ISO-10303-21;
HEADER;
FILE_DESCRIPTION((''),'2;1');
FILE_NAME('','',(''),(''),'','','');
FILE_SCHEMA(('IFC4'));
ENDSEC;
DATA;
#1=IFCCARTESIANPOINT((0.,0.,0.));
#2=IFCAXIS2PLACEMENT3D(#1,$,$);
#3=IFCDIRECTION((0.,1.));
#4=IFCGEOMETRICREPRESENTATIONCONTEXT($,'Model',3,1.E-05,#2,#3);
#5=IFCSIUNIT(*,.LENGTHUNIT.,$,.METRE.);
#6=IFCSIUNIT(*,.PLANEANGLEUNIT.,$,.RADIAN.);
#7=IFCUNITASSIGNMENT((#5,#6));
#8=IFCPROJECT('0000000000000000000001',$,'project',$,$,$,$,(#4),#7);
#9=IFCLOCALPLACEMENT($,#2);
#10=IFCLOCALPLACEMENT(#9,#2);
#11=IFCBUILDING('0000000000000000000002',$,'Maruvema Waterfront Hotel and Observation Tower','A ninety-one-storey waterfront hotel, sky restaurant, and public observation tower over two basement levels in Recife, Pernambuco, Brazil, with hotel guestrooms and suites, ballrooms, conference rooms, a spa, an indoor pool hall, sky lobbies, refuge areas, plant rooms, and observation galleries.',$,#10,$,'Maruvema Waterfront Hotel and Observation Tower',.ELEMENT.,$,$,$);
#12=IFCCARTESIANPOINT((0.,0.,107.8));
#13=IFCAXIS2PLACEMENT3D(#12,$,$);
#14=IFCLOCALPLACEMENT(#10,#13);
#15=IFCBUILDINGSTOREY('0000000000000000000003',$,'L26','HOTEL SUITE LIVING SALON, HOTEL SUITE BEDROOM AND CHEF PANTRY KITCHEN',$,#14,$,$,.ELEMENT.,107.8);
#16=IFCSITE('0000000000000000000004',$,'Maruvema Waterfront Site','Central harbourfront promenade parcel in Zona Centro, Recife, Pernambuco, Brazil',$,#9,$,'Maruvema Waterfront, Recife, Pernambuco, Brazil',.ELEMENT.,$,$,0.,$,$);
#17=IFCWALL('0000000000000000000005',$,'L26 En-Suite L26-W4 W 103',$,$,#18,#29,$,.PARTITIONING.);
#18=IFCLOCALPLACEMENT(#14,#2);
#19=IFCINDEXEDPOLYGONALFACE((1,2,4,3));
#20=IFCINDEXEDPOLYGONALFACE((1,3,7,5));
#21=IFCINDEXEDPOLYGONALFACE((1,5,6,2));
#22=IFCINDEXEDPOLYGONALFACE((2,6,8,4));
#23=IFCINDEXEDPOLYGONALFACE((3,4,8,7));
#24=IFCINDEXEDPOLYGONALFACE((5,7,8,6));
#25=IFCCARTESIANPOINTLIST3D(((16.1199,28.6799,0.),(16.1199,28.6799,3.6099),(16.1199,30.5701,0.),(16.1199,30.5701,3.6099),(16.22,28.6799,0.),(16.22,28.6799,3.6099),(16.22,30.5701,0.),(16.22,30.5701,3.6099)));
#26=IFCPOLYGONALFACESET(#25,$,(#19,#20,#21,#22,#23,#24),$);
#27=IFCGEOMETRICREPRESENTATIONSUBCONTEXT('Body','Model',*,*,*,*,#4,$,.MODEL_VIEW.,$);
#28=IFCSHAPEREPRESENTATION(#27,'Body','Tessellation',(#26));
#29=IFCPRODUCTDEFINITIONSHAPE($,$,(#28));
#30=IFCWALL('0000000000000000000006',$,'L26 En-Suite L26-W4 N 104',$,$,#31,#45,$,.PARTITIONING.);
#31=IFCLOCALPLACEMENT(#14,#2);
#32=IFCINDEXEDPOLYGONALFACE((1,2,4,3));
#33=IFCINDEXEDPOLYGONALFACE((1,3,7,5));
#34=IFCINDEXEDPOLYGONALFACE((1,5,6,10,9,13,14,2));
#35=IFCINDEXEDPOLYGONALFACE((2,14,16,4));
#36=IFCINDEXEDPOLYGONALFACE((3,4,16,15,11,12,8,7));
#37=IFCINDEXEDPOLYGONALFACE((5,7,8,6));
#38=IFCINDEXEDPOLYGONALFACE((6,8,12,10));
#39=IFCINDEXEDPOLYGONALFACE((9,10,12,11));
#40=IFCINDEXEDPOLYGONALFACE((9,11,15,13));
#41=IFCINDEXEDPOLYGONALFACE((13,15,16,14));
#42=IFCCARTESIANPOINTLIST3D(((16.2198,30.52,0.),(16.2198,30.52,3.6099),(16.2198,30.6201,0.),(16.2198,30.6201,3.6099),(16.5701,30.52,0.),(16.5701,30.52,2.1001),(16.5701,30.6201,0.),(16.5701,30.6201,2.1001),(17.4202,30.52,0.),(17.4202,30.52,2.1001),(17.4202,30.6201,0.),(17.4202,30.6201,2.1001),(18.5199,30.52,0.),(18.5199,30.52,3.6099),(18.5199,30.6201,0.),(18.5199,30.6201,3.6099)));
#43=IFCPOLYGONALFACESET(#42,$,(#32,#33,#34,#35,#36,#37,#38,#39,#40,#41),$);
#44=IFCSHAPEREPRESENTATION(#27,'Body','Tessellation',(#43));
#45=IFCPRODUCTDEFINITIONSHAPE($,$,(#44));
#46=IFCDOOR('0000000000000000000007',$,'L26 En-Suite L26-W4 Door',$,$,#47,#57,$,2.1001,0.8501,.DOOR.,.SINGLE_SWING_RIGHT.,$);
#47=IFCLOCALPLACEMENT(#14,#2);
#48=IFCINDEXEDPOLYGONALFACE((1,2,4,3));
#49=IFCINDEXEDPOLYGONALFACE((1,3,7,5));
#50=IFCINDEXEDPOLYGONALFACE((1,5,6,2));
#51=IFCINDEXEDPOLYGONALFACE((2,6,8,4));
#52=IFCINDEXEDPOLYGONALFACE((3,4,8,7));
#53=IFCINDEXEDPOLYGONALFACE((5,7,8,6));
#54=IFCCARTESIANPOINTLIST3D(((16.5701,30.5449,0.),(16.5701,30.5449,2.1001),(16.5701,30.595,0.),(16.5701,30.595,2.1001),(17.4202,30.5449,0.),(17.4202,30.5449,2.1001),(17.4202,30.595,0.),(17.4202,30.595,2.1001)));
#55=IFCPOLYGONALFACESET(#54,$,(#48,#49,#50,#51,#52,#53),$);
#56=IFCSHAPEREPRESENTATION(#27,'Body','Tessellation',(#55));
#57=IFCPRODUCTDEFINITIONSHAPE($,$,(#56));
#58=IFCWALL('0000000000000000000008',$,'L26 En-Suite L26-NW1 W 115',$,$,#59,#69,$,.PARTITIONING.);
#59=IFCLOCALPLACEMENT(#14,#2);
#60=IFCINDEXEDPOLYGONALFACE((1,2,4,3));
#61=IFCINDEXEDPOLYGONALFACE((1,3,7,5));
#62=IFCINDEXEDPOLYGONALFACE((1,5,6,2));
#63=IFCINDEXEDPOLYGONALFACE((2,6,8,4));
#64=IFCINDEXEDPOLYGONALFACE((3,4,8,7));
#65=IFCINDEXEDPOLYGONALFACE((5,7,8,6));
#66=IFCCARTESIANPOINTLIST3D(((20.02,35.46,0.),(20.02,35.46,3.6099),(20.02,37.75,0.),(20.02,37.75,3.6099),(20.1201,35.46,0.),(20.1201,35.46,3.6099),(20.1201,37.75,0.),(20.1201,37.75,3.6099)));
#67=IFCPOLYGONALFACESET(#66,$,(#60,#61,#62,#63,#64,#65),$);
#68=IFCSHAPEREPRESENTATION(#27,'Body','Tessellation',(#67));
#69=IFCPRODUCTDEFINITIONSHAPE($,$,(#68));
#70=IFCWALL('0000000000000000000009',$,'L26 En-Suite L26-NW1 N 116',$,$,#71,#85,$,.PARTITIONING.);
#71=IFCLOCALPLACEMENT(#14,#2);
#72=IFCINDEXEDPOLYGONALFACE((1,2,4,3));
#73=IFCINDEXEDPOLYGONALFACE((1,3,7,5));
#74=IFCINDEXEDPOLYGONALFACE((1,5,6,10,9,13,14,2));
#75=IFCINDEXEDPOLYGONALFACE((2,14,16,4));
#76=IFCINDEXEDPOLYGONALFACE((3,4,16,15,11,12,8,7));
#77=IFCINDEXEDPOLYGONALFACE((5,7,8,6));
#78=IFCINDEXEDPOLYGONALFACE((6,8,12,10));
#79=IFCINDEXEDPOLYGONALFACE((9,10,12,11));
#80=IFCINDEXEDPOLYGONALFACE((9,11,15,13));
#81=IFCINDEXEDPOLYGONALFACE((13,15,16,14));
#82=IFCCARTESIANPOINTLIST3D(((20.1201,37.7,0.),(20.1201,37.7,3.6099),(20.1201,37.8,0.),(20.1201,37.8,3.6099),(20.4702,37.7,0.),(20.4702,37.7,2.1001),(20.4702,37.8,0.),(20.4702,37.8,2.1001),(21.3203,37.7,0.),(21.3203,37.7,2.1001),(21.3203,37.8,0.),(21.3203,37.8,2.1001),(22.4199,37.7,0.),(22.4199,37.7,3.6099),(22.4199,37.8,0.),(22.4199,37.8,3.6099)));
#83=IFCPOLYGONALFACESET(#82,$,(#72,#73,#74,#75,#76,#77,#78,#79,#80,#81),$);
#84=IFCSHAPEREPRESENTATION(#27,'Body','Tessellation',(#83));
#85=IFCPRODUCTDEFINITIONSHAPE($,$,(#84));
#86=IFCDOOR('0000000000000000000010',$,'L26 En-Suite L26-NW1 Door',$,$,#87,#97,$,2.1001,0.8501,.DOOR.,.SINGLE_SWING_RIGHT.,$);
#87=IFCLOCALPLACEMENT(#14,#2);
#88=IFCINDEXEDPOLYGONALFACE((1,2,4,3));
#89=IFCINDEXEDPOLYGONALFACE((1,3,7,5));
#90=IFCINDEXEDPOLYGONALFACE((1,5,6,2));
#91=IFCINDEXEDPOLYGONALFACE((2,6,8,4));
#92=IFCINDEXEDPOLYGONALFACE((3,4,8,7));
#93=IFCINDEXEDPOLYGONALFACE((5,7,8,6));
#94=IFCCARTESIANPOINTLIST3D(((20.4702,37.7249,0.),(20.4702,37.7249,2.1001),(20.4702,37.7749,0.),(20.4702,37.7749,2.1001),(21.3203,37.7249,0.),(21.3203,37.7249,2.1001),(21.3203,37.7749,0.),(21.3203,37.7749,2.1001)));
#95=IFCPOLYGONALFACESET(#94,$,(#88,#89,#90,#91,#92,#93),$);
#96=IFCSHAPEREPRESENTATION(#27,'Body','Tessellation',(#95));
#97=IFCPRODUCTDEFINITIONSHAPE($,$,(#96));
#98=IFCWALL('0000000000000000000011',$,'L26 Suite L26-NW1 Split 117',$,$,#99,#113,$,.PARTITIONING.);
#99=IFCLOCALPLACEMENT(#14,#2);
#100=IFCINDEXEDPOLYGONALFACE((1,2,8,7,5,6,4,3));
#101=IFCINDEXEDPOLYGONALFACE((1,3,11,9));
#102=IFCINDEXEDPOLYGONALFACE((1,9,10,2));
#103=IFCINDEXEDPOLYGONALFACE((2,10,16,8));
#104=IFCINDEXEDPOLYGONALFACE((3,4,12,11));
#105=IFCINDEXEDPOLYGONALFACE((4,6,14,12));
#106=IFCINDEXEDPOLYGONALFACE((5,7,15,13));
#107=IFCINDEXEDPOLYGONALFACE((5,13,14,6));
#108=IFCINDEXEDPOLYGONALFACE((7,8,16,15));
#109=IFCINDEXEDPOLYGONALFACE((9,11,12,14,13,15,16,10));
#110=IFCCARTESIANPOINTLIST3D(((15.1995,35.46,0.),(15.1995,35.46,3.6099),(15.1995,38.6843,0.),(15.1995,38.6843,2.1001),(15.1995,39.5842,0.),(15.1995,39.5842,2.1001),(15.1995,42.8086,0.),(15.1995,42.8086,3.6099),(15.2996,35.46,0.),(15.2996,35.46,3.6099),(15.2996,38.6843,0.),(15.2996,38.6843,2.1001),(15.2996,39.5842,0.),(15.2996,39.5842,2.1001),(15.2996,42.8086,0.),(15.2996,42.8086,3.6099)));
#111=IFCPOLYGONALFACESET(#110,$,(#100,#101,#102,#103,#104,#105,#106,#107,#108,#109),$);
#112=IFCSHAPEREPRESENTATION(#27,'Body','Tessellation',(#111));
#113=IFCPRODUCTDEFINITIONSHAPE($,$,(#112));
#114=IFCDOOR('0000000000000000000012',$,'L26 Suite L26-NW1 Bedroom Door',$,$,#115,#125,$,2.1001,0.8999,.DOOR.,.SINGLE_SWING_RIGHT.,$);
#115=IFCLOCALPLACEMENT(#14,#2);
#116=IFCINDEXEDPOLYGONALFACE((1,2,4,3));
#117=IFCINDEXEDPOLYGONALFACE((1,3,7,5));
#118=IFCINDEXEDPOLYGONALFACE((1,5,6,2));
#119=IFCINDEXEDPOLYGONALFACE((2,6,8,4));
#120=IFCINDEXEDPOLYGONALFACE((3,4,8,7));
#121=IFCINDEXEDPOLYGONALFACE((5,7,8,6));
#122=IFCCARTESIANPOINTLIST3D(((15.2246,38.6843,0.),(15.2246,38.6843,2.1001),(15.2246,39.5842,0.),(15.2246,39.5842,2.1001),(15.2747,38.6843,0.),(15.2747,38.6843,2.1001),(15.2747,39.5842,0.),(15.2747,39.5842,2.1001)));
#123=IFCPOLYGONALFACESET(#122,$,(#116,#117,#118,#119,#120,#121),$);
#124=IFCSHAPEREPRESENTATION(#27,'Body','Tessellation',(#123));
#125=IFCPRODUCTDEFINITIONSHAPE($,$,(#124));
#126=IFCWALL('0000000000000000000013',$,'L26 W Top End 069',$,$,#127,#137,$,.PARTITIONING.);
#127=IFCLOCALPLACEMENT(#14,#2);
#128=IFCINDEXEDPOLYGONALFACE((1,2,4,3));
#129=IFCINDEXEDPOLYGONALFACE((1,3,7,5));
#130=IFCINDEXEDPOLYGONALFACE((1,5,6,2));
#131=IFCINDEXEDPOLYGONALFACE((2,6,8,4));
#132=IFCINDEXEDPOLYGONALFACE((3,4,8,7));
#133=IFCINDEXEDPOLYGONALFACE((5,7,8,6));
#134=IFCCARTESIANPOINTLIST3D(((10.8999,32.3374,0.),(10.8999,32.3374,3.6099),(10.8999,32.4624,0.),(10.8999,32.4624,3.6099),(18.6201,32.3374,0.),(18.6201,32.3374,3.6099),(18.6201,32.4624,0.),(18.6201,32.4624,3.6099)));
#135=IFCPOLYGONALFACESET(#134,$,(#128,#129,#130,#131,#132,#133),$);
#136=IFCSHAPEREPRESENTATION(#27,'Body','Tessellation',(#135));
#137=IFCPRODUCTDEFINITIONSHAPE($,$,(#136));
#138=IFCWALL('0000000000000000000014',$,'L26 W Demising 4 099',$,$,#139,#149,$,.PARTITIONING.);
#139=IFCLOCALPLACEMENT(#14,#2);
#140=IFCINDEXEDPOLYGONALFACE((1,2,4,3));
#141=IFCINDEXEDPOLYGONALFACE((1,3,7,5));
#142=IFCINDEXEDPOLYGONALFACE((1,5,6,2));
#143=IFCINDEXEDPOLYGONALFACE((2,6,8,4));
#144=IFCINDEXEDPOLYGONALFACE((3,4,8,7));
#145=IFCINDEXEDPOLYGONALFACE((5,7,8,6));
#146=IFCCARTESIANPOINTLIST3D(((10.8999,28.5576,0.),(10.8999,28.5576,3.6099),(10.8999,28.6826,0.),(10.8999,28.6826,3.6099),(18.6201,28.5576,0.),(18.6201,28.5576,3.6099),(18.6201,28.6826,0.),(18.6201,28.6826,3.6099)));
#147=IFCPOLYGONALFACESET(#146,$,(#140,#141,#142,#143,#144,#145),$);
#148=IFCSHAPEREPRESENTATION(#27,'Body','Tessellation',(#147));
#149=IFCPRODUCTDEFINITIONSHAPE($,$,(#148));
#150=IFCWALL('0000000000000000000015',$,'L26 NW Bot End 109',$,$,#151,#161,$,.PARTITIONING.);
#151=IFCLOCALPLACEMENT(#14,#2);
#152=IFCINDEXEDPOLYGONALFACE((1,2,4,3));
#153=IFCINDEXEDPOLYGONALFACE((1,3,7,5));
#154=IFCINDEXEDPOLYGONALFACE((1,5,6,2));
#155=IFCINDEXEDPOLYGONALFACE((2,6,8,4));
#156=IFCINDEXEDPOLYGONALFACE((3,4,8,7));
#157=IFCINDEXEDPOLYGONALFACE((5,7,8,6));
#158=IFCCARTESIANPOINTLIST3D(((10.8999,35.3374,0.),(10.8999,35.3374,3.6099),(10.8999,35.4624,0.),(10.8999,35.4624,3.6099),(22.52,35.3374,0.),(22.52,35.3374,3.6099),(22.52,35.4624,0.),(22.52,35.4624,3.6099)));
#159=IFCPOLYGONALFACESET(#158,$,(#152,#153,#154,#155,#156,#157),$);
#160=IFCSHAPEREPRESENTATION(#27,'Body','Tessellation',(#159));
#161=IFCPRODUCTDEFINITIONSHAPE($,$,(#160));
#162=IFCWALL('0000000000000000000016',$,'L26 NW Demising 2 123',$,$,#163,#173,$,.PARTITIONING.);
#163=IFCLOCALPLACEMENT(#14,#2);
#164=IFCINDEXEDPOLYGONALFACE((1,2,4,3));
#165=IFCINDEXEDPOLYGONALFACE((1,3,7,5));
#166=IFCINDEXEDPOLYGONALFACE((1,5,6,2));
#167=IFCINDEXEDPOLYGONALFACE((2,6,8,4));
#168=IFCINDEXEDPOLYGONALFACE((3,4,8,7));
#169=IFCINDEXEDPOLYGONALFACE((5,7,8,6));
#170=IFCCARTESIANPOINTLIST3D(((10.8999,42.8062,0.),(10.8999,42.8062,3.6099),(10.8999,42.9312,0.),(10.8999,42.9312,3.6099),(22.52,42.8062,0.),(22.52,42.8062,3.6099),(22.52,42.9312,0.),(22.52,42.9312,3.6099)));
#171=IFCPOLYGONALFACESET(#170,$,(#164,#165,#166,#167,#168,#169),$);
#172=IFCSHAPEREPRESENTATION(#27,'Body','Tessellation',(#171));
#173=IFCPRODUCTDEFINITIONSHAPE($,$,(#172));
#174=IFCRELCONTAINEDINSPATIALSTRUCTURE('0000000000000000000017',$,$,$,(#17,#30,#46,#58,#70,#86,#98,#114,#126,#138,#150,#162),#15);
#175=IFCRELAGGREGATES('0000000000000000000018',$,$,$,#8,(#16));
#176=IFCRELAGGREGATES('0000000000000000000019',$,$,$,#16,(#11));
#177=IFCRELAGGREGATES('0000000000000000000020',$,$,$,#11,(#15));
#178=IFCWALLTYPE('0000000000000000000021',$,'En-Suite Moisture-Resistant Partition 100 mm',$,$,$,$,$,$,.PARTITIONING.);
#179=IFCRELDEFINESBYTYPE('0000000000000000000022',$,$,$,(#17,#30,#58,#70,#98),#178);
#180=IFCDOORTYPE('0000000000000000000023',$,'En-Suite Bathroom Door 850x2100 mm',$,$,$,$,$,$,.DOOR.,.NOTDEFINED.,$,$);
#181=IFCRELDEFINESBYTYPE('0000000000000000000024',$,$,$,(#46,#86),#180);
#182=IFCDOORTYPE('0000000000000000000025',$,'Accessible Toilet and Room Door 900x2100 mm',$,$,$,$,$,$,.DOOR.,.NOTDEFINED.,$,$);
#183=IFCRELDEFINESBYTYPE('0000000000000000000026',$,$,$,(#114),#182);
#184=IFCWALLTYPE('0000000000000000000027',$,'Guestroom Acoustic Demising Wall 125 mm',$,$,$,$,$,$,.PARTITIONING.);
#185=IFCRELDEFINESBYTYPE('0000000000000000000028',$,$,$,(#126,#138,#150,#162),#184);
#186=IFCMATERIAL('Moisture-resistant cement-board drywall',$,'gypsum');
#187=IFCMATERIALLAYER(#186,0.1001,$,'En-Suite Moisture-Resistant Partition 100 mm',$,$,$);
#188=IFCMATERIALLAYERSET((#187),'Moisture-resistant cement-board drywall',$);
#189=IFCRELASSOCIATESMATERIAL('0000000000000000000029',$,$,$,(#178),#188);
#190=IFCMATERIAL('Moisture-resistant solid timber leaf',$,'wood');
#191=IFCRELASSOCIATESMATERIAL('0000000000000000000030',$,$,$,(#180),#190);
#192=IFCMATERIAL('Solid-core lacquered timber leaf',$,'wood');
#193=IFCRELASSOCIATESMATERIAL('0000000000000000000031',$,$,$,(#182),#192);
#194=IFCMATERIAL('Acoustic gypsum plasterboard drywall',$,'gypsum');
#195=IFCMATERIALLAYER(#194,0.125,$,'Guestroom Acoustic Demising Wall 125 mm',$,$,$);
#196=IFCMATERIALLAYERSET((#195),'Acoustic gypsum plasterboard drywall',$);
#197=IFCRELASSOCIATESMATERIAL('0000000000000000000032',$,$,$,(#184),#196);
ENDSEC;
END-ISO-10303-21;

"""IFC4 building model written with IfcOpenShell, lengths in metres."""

from ifc_helpers import new_model, si_unit, direction, frame, frame_2d, origin, place, context, subcontext, project, spatial, rectangle, extrude, material, layer, layer_set, type_object, element, fill, save


model = new_model("IFC4")

# Units and contexts
model_context = context("Model", 3, precision=1e-05, world=origin(), true_north=direction((0.0, 1.0)))
body_context = subcontext(model_context, "Body", "Model", "MODEL_VIEW")
ifc_project = project(units=[si_unit("LENGTHUNIT", "METRE"), si_unit("PLANEANGLEUNIT", "RADIAN")], contexts=[model_context])

# Site, building, storey
site_placement = place(None, origin())
site = spatial("IfcSite", under=ifc_project, at=site_placement, Name="Maruvema Waterfront Site", Description="Central harbourfront promenade parcel in Zona Centro, Recife, Pernambuco, Brazil", LongName="Maruvema Waterfront, Recife, Pernambuco, Brazil", CompositionType="ELEMENT", RefElevation=0.0)
building_placement = place(site_placement, origin())
building = spatial("IfcBuilding", under=site, at=building_placement, Name="Maruvema Waterfront Hotel and Observation Tower", Description="A ninety-one-storey waterfront hotel, sky restaurant, and public observation tower over two basement levels in Recife, Pernambuco, Brazil, with hotel guestrooms and suites, ballrooms, conference rooms, a spa, an indoor pool hall, sky lobbies, refuge areas, plant rooms, and observation galleries.", LongName="Maruvema Waterfront Hotel and Observation Tower", CompositionType="ELEMENT")
storey_placement = place(building_placement, frame((0.0, 0.0, 107.8)))
storey = spatial("IfcBuildingStorey", under=building, at=storey_placement, Name="L26", Description="HOTEL SUITE LIVING SALON, HOTEL SUITE BEDROOM AND CHEF PANTRY KITCHEN", CompositionType="ELEMENT", Elevation=107.8)

# Wall
ifc_material_1 = material(Name="Moisture-resistant cement-board drywall", Category="gypsum")
ifc_layer_1 = layer(ifc_material_1, 0.1001, Name="En-Suite Moisture-Resistant Partition 100 mm")
ifc_layer_set_1 = layer_set([ifc_layer_1], Name="Moisture-resistant cement-board drywall")
wall_type_1 = type_object("IfcWallType", Name="En-Suite Moisture-Resistant Partition 100 mm", PredefinedType="PARTITIONING", material=ifc_layer_set_1)
wall_1_placement = place(storey_placement, frame((16.1699, 28.6799, 0.0), z_axis=(0.0, 0.0, 1.0), x_axis=(0.0, 1.0, 0.0)))
element("IfcWall", 1, at=wall_1_placement, inside=storey, type_object=wall_type_1, Name="L26 En-Suite L26-W4 W 103", PredefinedType="PARTITIONING", context=body_context, shape_type="SweptSolid", body=[
    extrude(rectangle(XDim=1.8901, YDim=0.1001, at=frame_2d((0.9451, 0.0))), origin(), (0.0, 0.0, 1.0), 3.6099),
])

# Wall, opening, door
wall_2_placement = place(storey_placement, frame((16.22, 30.5701, 0.0), z_axis=(0.0, 0.0, 1.0), x_axis=(1.0, 0.0, 0.0)))
wall_2 = element("IfcWall", 2, at=wall_2_placement, inside=storey, type_object=wall_type_1, Name="L26 En-Suite L26-W4 N 104", PredefinedType="PARTITIONING", context=body_context, shape_type="SweptSolid", body=[
    extrude(rectangle(XDim=2.3, YDim=0.1001, at=frame_2d((1.1499, 0.0))), origin(), (0.0, 0.0, 1.0), 3.6099),
])
opening_1_placement = place(wall_2_placement, frame((0.3501, 0.0, 0.0)))
opening_1 = element("IfcOpeningElement", 3, at=opening_1_placement, cuts=wall_2, PredefinedType="OPENING", context=body_context, shape_type="SweptSolid", body=[
    extrude(rectangle(XDim=0.8501, YDim=2.1001, at=frame_2d((0.425, 1.05))), frame((0.0, 0.0601, 0.0), z_axis=(0.0, -1.0, 0.0), x_axis=(1.0, 0.0, 0.0)), (0.0, 0.0, 1.0), 0.1201),
])
ifc_material_2 = material(Name="Moisture-resistant solid timber leaf", Category="wood")
door_type_1 = type_object("IfcDoorType", Name="En-Suite Bathroom Door 850x2100 mm", OperationType="NOTDEFINED", PredefinedType="DOOR", material=ifc_material_2)
door_1_placement = place(opening_1_placement, origin())
door_1 = element("IfcDoor", 4, at=door_1_placement, inside=storey, type_object=door_type_1, Name="L26 En-Suite L26-W4 Door", OperationType="SINGLE_SWING_RIGHT", OverallHeight=2.1001, OverallWidth=0.8501, PredefinedType="DOOR", context=body_context, shape_type="SweptSolid", body=[
    extrude(rectangle(XDim=0.8501, YDim=2.1001, at=frame_2d((0.425, 1.05))), frame((0.0, 0.0249, 0.0), z_axis=(0.0, -1.0, 0.0), x_axis=(1.0, 0.0, 0.0)), (0.0, 0.0, 1.0), 0.05),
])
fill(opening_1, door_1)

# Wall
wall_3_placement = place(storey_placement, frame((20.0701, 35.46, 0.0), z_axis=(0.0, 0.0, 1.0), x_axis=(0.0, 1.0, 0.0)))
element("IfcWall", 5, at=wall_3_placement, inside=storey, type_object=wall_type_1, Name="L26 En-Suite L26-NW1 W 115", PredefinedType="PARTITIONING", context=body_context, shape_type="SweptSolid", body=[
    extrude(rectangle(XDim=2.29, YDim=0.1001, at=frame_2d((1.145, 0.0))), origin(), (0.0, 0.0, 1.0), 3.6099),
])

# Walls, openings, doors
wall_4_placement = place(storey_placement, frame((20.1201, 37.75, 0.0), z_axis=(0.0, 0.0, 1.0), x_axis=(1.0, 0.0, 0.0)))
wall_4 = element("IfcWall", 6, at=wall_4_placement, inside=storey, type_object=wall_type_1, Name="L26 En-Suite L26-NW1 N 116", PredefinedType="PARTITIONING", context=body_context, shape_type="SweptSolid", body=[
    extrude(rectangle(XDim=2.2998, YDim=0.1001, at=frame_2d((1.1499, 0.0))), origin(), (0.0, 0.0, 1.0), 3.6099),
])
opening_2_placement = place(wall_4_placement, frame((0.3501, 0.0, 0.0)))
opening_2 = element("IfcOpeningElement", 7, at=opening_2_placement, cuts=wall_4, PredefinedType="OPENING", context=body_context, shape_type="SweptSolid", body=[
    extrude(rectangle(XDim=0.8501, YDim=2.1001, at=frame_2d((0.425, 1.05))), frame((0.0, 0.0601, 0.0), z_axis=(0.0, -1.0, 0.0), x_axis=(1.0, 0.0, 0.0)), (0.0, 0.0, 1.0), 0.1201),
])
door_2_placement = place(opening_2_placement, origin())
door_2 = element("IfcDoor", 8, at=door_2_placement, inside=storey, type_object=door_type_1, Name="L26 En-Suite L26-NW1 Door", OperationType="SINGLE_SWING_RIGHT", OverallHeight=2.1001, OverallWidth=0.8501, PredefinedType="DOOR", context=body_context, shape_type="SweptSolid", body=[
    extrude(rectangle(XDim=0.8501, YDim=2.1001, at=frame_2d((0.425, 1.05))), frame((0.0, 0.0249, 0.0), z_axis=(0.0, -1.0, 0.0), x_axis=(1.0, 0.0, 0.0)), (0.0, 0.0, 1.0), 0.05),
])
fill(opening_2, door_2)
wall_5_placement = place(storey_placement, frame((15.2495, 35.46, 0.0), z_axis=(0.0, 0.0, 1.0), x_axis=(0.0, 1.0, 0.0)))
wall_5 = element("IfcWall", 9, at=wall_5_placement, inside=storey, type_object=wall_type_1, Name="L26 Suite L26-NW1 Split 117", PredefinedType="PARTITIONING", context=body_context, shape_type="SweptSolid", body=[
    extrude(rectangle(XDim=7.3486, YDim=0.1001, at=frame_2d((3.6743, 0.0))), origin(), (0.0, 0.0, 1.0), 3.6099),
])
opening_3_placement = place(wall_5_placement, frame((3.2244, 0.0, 0.0)))
opening_3 = element("IfcOpeningElement", 10, at=opening_3_placement, cuts=wall_5, PredefinedType="OPENING", context=body_context, shape_type="SweptSolid", body=[
    extrude(rectangle(XDim=0.8999, YDim=2.1001, at=frame_2d((0.45, 1.05))), frame((0.0, 0.0601, 0.0), z_axis=(0.0, -1.0, 0.0), x_axis=(1.0, 0.0, 0.0)), (0.0, 0.0, 1.0), 0.1201),
])
ifc_material_3 = material(Name="Solid-core lacquered timber leaf", Category="wood")
door_type_2 = type_object("IfcDoorType", Name="Accessible Toilet and Room Door 900x2100 mm", OperationType="NOTDEFINED", PredefinedType="DOOR", material=ifc_material_3)
door_3_placement = place(opening_3_placement, origin())
door_3 = element("IfcDoor", 11, at=door_3_placement, inside=storey, type_object=door_type_2, Name="L26 Suite L26-NW1 Bedroom Door", OperationType="SINGLE_SWING_RIGHT", OverallHeight=2.1001, OverallWidth=0.8999, PredefinedType="DOOR", context=body_context, shape_type="SweptSolid", body=[
    extrude(rectangle(XDim=0.8999, YDim=2.1001, at=frame_2d((0.45, 1.05))), frame((0.0, 0.0249, 0.0), z_axis=(0.0, -1.0, 0.0), x_axis=(1.0, 0.0, 0.0)), (0.0, 0.0, 1.0), 0.05),
])
fill(opening_3, door_3)

# Walls
ifc_material_4 = material(Name="Acoustic gypsum plasterboard drywall", Category="gypsum")
ifc_layer_2 = layer(ifc_material_4, 0.125, Name="Guestroom Acoustic Demising Wall 125 mm")
ifc_layer_set_2 = layer_set([ifc_layer_2], Name="Acoustic gypsum plasterboard drywall")
wall_type_2 = type_object("IfcWallType", Name="Guestroom Acoustic Demising Wall 125 mm", PredefinedType="PARTITIONING", material=ifc_layer_set_2)
for number, where, z_axis, x_axis, name in (
    (12, (10.8999, 32.3999, 0.0), (0.0, 0.0, 1.0), (1.0, 0.0, 0.0), "L26 W Top End 069"),
    (13, (10.8999, 28.6201, 0.0), (0.0, 0.0, 1.0), (1.0, 0.0, 0.0), "L26 W Demising 4 099"),
):
    element("IfcWall", number, at=place(storey_placement, frame(where, z_axis=z_axis, x_axis=x_axis)), inside=storey, type_object=wall_type_2, Name=name, PredefinedType="PARTITIONING", context=body_context, shape_type="SweptSolid", body=[
        extrude(rectangle(XDim=7.7202, YDim=0.125, at=frame_2d((3.8601, 0.0))), origin(), (0.0, 0.0, 1.0), 3.6099),
    ])
for number, where, z_axis, x_axis, name in (
    (14, (10.8999, 35.3999, 0.0), (0.0, 0.0, 1.0), (1.0, 0.0, 0.0), "L26 NW Bot End 109"),
    (15, (10.8999, 42.8687, 0.0), (0.0, 0.0, 1.0), (1.0, 0.0, 0.0), "L26 NW Demising 2 123"),
):
    element("IfcWall", number, at=place(storey_placement, frame(where, z_axis=z_axis, x_axis=x_axis)), inside=storey, type_object=wall_type_2, Name=name, PredefinedType="PARTITIONING", context=body_context, shape_type="SweptSolid", body=[
        extrude(rectangle(XDim=11.6201, YDim=0.125, at=frame_2d((5.8101, 0.0))), origin(), (0.0, 0.0, 1.0), 3.6099),
    ])

save(model, "model.ifc")
